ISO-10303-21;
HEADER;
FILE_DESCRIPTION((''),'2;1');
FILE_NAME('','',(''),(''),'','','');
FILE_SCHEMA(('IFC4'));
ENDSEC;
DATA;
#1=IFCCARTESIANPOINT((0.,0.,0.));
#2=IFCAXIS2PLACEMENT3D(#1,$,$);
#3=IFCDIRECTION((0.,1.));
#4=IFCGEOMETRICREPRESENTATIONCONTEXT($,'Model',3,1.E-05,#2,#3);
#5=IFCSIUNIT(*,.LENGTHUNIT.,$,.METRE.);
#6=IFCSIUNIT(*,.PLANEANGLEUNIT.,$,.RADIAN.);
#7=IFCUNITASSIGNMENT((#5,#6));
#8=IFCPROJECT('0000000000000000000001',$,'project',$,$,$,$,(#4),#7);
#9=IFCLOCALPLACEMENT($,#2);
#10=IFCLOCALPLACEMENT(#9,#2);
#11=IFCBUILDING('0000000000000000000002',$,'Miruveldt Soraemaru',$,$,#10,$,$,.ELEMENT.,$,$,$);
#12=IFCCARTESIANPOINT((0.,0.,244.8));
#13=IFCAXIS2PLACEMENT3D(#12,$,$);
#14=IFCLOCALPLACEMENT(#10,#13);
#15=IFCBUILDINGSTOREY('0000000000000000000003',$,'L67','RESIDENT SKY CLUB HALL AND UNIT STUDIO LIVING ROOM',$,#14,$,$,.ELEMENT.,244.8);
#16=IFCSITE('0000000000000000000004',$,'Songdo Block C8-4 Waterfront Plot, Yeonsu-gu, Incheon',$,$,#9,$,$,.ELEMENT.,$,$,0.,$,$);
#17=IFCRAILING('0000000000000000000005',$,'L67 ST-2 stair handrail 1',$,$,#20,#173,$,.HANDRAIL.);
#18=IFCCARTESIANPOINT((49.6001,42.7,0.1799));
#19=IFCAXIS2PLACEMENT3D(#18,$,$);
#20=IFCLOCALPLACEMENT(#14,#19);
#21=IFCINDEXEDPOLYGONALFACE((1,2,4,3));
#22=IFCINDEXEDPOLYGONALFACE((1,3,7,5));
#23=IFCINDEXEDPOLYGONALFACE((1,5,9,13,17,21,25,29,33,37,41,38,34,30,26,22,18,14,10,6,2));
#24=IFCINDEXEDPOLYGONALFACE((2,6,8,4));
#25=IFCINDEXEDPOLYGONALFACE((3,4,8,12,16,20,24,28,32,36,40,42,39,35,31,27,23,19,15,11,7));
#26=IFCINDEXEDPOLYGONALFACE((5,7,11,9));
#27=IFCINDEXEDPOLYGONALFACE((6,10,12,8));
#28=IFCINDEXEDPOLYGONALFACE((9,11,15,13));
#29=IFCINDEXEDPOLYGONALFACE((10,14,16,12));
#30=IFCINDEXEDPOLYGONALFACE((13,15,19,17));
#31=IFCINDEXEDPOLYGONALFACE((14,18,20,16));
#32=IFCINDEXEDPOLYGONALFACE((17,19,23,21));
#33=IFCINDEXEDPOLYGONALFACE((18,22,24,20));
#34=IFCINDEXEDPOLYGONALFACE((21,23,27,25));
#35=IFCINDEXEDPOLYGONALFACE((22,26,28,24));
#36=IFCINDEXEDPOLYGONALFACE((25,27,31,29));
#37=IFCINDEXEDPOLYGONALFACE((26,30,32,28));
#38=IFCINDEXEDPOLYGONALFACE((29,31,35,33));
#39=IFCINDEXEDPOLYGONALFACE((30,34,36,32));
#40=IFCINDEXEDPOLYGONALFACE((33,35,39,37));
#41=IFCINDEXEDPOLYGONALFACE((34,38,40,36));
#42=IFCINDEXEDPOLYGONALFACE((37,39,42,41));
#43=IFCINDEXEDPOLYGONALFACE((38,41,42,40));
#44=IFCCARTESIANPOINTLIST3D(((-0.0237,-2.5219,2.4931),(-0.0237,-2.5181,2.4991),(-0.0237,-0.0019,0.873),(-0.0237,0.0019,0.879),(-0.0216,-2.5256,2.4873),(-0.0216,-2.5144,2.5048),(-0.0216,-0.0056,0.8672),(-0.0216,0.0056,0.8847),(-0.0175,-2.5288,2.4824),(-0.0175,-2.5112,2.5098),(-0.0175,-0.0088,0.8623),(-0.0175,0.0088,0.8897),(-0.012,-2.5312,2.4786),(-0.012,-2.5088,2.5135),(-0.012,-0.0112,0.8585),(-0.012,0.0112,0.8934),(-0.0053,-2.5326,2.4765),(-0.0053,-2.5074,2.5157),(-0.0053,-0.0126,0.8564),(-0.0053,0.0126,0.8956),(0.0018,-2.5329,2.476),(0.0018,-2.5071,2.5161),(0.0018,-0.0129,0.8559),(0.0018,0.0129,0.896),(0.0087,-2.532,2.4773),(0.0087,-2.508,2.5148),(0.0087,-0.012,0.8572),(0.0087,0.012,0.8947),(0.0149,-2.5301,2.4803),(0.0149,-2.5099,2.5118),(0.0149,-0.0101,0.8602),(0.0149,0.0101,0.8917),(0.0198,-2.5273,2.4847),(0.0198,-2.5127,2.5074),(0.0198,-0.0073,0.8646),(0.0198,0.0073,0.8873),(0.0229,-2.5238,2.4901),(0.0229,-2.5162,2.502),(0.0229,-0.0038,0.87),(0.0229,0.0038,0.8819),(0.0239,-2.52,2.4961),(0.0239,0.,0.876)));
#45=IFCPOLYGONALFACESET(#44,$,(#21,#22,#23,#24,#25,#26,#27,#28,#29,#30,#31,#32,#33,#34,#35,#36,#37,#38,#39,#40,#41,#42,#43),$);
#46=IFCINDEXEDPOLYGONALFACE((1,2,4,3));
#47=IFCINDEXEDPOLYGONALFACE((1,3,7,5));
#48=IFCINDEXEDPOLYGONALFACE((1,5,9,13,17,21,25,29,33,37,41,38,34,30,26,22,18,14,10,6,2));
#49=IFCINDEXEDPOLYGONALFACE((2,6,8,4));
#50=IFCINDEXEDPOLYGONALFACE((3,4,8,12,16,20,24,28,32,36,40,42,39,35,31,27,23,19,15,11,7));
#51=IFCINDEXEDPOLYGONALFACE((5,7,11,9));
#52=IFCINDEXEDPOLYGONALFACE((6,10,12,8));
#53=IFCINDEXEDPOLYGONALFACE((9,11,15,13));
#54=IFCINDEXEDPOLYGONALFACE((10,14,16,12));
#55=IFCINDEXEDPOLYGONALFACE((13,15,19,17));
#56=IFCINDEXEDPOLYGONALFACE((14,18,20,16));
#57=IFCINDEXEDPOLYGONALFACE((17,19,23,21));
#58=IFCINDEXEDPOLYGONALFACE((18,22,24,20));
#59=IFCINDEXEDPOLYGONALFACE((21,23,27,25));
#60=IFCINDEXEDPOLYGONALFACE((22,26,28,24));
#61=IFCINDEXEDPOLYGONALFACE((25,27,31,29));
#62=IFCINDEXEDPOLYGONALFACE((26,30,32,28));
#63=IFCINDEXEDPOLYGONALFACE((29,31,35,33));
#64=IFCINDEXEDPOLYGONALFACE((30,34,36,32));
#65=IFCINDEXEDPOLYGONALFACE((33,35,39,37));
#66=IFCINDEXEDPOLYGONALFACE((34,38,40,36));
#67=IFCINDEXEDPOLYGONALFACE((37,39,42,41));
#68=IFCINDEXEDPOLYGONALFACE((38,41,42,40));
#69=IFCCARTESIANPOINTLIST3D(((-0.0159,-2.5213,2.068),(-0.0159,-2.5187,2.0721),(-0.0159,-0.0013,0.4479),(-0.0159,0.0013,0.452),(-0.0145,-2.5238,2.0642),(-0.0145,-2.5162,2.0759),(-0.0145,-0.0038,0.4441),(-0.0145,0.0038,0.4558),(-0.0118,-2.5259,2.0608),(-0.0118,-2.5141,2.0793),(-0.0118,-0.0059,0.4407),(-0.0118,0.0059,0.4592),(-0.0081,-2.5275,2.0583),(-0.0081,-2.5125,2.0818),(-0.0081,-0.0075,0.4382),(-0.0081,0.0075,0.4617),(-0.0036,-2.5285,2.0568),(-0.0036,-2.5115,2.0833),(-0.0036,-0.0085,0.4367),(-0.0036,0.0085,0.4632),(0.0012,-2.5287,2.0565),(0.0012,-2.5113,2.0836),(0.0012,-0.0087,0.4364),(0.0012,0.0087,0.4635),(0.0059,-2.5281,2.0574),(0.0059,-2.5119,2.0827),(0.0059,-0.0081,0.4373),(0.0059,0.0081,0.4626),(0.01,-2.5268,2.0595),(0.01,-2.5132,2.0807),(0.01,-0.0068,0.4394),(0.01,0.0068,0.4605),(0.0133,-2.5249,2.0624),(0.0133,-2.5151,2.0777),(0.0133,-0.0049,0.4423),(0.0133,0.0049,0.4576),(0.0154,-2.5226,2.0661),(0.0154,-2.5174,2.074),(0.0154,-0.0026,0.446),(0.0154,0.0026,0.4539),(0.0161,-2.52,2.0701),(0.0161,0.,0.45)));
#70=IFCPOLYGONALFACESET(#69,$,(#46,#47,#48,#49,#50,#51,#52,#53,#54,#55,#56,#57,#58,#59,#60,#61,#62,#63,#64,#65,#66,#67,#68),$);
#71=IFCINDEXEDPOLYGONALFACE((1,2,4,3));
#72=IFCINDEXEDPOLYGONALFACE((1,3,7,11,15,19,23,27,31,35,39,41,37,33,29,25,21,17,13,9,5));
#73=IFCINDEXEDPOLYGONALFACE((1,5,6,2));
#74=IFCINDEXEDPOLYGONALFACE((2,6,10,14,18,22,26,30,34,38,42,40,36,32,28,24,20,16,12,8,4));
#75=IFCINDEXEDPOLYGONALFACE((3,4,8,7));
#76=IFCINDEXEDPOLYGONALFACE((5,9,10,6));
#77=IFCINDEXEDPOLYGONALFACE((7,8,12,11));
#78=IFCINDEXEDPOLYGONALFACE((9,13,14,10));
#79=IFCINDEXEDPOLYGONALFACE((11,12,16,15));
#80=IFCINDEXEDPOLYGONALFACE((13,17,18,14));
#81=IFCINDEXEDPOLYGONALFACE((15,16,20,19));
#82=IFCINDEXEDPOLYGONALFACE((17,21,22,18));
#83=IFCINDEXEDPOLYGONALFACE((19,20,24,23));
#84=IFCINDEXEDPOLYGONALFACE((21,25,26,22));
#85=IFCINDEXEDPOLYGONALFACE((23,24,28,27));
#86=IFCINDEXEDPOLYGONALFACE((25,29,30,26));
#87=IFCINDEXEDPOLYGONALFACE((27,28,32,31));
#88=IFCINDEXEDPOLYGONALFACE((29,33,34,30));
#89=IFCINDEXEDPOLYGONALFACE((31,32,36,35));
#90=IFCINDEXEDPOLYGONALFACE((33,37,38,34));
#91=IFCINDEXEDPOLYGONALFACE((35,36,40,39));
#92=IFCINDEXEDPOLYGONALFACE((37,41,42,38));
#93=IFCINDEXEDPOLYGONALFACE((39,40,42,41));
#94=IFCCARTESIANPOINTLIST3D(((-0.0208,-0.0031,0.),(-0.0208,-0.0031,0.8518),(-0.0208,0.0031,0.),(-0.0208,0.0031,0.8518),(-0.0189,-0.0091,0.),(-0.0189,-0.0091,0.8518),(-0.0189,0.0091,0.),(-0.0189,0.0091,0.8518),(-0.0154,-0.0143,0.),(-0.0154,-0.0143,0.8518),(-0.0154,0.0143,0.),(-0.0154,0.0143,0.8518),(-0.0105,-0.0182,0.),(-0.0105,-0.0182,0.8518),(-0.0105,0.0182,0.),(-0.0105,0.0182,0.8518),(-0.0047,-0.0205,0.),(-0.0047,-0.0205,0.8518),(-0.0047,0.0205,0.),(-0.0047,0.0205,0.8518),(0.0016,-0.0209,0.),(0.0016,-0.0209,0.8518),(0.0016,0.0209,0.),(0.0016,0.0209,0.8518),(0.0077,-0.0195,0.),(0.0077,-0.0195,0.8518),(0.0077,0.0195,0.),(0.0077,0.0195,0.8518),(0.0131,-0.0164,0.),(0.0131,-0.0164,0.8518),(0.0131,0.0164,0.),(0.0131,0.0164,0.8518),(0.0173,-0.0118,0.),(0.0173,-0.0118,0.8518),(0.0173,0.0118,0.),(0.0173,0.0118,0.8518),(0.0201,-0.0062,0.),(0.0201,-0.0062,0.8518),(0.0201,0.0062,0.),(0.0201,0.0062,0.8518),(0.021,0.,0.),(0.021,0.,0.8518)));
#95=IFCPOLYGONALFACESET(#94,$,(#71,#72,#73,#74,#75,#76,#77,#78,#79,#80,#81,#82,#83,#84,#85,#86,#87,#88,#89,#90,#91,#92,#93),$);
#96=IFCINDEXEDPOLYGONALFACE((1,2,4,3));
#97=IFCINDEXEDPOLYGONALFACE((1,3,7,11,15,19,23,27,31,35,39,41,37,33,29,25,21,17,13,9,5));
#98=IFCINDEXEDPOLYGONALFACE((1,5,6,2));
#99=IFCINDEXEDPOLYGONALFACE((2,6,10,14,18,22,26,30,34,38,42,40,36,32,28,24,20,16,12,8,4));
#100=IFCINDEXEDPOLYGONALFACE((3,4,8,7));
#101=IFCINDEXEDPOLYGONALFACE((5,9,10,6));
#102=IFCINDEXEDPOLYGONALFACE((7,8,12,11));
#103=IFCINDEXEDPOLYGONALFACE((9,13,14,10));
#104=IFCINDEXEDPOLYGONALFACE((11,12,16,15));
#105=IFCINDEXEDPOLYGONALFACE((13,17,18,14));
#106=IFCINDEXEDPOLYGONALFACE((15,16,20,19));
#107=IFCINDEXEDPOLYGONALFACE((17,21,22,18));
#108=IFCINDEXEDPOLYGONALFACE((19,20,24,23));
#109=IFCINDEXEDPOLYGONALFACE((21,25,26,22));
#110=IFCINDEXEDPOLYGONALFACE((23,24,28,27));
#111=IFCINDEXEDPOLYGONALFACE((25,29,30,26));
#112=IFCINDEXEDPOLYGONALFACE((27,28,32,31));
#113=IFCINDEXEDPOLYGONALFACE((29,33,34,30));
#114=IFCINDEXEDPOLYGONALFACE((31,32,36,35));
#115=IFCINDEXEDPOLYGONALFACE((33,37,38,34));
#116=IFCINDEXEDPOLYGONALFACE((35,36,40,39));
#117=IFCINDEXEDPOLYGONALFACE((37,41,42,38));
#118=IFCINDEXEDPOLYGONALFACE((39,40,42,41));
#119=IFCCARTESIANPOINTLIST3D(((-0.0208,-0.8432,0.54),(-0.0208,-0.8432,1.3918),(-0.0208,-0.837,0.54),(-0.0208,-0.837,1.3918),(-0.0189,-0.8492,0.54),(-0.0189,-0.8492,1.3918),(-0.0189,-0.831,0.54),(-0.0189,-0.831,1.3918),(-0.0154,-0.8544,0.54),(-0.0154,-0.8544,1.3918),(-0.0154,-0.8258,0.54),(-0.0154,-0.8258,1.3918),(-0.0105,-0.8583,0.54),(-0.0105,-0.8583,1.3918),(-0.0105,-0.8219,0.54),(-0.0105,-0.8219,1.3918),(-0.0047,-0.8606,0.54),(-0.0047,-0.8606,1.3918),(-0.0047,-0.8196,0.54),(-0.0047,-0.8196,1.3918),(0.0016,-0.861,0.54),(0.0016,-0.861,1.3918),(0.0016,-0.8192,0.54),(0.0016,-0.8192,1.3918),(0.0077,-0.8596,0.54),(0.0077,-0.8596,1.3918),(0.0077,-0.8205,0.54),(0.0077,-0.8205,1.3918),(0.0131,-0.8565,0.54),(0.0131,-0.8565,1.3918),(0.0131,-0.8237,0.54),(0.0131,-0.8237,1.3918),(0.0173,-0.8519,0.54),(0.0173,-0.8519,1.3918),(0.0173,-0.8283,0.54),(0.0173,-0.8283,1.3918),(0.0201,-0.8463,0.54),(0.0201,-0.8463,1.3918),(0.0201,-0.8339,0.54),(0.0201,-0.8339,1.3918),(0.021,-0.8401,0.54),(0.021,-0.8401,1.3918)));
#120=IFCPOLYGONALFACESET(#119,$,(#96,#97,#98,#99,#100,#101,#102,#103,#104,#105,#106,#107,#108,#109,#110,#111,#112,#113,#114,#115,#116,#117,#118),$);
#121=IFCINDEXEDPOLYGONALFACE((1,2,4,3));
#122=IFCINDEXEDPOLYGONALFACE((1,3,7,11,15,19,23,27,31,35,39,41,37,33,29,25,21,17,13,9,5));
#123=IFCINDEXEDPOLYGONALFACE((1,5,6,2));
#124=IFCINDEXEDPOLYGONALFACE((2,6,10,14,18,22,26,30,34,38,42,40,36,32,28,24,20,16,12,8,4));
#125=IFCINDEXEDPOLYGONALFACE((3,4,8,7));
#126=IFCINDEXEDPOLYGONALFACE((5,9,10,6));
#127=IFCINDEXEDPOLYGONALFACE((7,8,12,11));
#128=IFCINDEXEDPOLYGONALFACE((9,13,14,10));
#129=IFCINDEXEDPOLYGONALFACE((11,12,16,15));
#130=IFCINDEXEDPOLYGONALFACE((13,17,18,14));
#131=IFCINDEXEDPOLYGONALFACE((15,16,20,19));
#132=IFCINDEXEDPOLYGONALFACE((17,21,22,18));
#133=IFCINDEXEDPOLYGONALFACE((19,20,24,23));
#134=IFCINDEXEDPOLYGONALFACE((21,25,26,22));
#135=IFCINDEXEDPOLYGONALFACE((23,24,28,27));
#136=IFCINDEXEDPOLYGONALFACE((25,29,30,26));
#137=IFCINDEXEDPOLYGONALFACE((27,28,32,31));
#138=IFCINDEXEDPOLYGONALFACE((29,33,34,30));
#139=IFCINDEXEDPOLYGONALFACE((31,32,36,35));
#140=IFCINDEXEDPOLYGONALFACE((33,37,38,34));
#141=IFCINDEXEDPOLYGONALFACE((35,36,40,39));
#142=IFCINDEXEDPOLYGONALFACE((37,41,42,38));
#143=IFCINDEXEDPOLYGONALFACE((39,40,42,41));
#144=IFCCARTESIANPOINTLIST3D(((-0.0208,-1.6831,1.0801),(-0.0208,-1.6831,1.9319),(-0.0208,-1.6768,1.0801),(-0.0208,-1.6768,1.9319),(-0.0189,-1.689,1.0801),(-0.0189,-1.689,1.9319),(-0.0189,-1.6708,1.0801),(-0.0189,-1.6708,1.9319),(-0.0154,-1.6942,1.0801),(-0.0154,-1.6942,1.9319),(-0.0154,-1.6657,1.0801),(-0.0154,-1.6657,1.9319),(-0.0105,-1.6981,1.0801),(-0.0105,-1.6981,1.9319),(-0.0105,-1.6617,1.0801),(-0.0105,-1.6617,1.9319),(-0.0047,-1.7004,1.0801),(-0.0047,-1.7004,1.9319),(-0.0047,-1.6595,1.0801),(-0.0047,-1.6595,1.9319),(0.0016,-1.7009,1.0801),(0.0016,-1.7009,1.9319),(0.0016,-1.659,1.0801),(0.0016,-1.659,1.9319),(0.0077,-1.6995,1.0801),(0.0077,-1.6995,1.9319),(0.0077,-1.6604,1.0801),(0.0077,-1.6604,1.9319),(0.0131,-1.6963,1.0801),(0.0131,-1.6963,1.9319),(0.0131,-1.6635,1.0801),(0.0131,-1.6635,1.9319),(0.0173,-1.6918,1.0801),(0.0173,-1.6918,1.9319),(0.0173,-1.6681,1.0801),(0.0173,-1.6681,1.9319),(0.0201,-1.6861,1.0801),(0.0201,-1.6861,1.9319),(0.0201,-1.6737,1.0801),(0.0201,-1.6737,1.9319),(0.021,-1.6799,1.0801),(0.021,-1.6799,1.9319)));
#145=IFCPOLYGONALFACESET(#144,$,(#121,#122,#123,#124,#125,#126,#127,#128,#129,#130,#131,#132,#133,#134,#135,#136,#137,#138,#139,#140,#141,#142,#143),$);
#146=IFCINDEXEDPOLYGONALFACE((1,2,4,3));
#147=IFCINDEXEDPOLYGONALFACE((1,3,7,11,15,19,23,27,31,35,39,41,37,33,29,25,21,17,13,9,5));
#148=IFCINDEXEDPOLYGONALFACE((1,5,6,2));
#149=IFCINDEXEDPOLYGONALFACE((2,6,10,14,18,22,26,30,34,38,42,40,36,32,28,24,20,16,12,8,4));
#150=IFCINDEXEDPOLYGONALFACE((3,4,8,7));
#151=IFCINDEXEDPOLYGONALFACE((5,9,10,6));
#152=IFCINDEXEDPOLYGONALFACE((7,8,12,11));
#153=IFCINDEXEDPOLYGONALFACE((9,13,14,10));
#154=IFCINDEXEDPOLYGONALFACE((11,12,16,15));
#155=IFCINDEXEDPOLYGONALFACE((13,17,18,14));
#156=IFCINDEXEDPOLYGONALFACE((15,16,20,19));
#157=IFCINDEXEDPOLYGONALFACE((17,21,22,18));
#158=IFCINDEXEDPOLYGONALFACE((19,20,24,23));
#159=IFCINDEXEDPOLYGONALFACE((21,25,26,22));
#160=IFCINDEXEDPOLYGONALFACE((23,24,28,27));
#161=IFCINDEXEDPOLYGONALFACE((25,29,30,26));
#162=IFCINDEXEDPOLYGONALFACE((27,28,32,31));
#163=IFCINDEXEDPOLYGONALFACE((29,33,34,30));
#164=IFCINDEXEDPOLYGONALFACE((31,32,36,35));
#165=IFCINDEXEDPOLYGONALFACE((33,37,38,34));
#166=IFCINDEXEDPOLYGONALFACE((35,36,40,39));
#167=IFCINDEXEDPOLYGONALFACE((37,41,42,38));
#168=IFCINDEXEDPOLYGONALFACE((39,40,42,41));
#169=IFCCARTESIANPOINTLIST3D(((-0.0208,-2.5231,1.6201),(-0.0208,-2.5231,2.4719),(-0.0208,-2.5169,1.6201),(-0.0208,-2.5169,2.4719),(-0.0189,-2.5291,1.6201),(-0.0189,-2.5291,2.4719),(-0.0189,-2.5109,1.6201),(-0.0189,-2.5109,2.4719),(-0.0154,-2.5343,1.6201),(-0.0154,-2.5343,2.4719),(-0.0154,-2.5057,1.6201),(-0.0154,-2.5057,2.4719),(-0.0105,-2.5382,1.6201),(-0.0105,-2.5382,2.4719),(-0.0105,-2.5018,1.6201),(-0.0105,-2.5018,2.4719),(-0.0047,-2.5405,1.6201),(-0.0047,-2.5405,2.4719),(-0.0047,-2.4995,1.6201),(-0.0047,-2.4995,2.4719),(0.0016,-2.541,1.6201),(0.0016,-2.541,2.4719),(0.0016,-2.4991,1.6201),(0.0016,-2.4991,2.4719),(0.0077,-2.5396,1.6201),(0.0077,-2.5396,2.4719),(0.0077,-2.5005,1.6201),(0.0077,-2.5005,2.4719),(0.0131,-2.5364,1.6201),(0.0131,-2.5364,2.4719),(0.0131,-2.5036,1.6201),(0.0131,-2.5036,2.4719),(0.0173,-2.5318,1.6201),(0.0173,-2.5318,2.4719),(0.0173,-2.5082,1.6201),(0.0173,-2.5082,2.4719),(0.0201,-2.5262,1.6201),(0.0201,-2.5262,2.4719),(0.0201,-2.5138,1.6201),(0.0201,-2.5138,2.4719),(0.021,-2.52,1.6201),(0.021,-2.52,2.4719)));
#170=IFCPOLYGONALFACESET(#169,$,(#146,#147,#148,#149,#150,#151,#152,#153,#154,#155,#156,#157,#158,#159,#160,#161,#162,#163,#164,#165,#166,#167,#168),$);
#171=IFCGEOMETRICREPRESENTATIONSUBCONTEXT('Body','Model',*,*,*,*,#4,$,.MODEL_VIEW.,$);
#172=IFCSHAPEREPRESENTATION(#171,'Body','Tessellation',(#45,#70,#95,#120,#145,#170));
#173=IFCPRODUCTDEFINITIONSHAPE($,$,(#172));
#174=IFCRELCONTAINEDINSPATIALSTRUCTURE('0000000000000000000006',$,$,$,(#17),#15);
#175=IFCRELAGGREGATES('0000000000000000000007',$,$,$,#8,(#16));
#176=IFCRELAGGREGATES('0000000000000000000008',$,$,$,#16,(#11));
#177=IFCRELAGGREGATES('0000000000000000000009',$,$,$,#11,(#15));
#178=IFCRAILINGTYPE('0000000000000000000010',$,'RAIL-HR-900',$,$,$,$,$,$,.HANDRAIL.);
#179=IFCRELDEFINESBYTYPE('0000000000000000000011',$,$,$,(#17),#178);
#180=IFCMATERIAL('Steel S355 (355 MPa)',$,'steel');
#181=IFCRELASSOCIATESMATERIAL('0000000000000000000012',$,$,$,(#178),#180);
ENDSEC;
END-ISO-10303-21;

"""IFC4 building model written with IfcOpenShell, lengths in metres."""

from ifc_helpers import new_model, si_unit, direction, frame, origin, origin_2d, place, context, subcontext, project, spatial, circle, extrude, material, type_object, element, save


model = new_model("IFC4")

# Units and contexts
model_context = context("Model", 3, precision=1e-05, world=origin(), true_north=direction((0.0, 1.0)))
body_context = subcontext(model_context, "Body", "Model", "MODEL_VIEW")
ifc_project = project(units=[si_unit("LENGTHUNIT", "METRE"), si_unit("PLANEANGLEUNIT", "RADIAN")], contexts=[model_context])

# Site, building, storey
site_placement = place(None, origin())
site = spatial("IfcSite", under=ifc_project, at=site_placement, Name="Songdo Block C8-4 Waterfront Plot, Yeonsu-gu, Incheon", CompositionType="ELEMENT", RefElevation=0.0)
building_placement = place(site_placement, origin())
building = spatial("IfcBuilding", under=site, at=building_placement, Name="Miruveldt Soraemaru", CompositionType="ELEMENT")
storey_placement = place(building_placement, frame((0.0, 0.0, 244.8)))
storey = spatial("IfcBuildingStorey", under=building, at=storey_placement, Name="L67", Description="RESIDENT SKY CLUB HALL AND UNIT STUDIO LIVING ROOM", CompositionType="ELEMENT", Elevation=244.8)

# Railing
ifc_material_1 = material(Name="Steel S355 (355 MPa)", Category="steel")
railing_type_1 = type_object("IfcRailingType", Name="RAIL-HR-900", PredefinedType="HANDRAIL", material=ifc_material_1)
railing_1_placement = place(storey_placement, frame((49.6001, 42.7, 0.1799)))
element("IfcRailing", 1, at=railing_1_placement, inside=storey, type_object=railing_type_1, Name="L67 ST-2 stair handrail 1", PredefinedType="HANDRAIL", context=body_context, shape_type="SweptSolid", body=[
    extrude(circle(Radius=0.0239, at=origin_2d()), frame((0.0, 0.0, 0.876), z_axis=(0.0, -0.841163, 0.540782), x_axis=(1.0, 0.0, 0.0)), (0.0, 0.0, 1.0), 2.9958),
    extrude(circle(Radius=0.0161, at=origin_2d()), frame((0.0, 0.0, 0.45), z_axis=(0.0, -0.841163, 0.540782), x_axis=(1.0, 0.0, 0.0)), (0.0, 0.0, 1.0), 2.9958),
    extrude(circle(Radius=0.021, at=origin_2d()), origin(), (0.0, 0.0, 1.0), 0.8518),
    extrude(circle(Radius=0.021, at=origin_2d()), frame((0.0, -0.8401, 0.54)), (0.0, 0.0, 1.0), 0.8518),
    extrude(circle(Radius=0.021, at=origin_2d()), frame((0.0, -1.6799, 1.0801)), (0.0, 0.0, 1.0), 0.8518),
    extrude(circle(Radius=0.021, at=origin_2d()), frame((0.0, -2.52, 1.6201)), (0.0, 0.0, 1.0), 0.8518),
])

save(model, "model.ifc")
